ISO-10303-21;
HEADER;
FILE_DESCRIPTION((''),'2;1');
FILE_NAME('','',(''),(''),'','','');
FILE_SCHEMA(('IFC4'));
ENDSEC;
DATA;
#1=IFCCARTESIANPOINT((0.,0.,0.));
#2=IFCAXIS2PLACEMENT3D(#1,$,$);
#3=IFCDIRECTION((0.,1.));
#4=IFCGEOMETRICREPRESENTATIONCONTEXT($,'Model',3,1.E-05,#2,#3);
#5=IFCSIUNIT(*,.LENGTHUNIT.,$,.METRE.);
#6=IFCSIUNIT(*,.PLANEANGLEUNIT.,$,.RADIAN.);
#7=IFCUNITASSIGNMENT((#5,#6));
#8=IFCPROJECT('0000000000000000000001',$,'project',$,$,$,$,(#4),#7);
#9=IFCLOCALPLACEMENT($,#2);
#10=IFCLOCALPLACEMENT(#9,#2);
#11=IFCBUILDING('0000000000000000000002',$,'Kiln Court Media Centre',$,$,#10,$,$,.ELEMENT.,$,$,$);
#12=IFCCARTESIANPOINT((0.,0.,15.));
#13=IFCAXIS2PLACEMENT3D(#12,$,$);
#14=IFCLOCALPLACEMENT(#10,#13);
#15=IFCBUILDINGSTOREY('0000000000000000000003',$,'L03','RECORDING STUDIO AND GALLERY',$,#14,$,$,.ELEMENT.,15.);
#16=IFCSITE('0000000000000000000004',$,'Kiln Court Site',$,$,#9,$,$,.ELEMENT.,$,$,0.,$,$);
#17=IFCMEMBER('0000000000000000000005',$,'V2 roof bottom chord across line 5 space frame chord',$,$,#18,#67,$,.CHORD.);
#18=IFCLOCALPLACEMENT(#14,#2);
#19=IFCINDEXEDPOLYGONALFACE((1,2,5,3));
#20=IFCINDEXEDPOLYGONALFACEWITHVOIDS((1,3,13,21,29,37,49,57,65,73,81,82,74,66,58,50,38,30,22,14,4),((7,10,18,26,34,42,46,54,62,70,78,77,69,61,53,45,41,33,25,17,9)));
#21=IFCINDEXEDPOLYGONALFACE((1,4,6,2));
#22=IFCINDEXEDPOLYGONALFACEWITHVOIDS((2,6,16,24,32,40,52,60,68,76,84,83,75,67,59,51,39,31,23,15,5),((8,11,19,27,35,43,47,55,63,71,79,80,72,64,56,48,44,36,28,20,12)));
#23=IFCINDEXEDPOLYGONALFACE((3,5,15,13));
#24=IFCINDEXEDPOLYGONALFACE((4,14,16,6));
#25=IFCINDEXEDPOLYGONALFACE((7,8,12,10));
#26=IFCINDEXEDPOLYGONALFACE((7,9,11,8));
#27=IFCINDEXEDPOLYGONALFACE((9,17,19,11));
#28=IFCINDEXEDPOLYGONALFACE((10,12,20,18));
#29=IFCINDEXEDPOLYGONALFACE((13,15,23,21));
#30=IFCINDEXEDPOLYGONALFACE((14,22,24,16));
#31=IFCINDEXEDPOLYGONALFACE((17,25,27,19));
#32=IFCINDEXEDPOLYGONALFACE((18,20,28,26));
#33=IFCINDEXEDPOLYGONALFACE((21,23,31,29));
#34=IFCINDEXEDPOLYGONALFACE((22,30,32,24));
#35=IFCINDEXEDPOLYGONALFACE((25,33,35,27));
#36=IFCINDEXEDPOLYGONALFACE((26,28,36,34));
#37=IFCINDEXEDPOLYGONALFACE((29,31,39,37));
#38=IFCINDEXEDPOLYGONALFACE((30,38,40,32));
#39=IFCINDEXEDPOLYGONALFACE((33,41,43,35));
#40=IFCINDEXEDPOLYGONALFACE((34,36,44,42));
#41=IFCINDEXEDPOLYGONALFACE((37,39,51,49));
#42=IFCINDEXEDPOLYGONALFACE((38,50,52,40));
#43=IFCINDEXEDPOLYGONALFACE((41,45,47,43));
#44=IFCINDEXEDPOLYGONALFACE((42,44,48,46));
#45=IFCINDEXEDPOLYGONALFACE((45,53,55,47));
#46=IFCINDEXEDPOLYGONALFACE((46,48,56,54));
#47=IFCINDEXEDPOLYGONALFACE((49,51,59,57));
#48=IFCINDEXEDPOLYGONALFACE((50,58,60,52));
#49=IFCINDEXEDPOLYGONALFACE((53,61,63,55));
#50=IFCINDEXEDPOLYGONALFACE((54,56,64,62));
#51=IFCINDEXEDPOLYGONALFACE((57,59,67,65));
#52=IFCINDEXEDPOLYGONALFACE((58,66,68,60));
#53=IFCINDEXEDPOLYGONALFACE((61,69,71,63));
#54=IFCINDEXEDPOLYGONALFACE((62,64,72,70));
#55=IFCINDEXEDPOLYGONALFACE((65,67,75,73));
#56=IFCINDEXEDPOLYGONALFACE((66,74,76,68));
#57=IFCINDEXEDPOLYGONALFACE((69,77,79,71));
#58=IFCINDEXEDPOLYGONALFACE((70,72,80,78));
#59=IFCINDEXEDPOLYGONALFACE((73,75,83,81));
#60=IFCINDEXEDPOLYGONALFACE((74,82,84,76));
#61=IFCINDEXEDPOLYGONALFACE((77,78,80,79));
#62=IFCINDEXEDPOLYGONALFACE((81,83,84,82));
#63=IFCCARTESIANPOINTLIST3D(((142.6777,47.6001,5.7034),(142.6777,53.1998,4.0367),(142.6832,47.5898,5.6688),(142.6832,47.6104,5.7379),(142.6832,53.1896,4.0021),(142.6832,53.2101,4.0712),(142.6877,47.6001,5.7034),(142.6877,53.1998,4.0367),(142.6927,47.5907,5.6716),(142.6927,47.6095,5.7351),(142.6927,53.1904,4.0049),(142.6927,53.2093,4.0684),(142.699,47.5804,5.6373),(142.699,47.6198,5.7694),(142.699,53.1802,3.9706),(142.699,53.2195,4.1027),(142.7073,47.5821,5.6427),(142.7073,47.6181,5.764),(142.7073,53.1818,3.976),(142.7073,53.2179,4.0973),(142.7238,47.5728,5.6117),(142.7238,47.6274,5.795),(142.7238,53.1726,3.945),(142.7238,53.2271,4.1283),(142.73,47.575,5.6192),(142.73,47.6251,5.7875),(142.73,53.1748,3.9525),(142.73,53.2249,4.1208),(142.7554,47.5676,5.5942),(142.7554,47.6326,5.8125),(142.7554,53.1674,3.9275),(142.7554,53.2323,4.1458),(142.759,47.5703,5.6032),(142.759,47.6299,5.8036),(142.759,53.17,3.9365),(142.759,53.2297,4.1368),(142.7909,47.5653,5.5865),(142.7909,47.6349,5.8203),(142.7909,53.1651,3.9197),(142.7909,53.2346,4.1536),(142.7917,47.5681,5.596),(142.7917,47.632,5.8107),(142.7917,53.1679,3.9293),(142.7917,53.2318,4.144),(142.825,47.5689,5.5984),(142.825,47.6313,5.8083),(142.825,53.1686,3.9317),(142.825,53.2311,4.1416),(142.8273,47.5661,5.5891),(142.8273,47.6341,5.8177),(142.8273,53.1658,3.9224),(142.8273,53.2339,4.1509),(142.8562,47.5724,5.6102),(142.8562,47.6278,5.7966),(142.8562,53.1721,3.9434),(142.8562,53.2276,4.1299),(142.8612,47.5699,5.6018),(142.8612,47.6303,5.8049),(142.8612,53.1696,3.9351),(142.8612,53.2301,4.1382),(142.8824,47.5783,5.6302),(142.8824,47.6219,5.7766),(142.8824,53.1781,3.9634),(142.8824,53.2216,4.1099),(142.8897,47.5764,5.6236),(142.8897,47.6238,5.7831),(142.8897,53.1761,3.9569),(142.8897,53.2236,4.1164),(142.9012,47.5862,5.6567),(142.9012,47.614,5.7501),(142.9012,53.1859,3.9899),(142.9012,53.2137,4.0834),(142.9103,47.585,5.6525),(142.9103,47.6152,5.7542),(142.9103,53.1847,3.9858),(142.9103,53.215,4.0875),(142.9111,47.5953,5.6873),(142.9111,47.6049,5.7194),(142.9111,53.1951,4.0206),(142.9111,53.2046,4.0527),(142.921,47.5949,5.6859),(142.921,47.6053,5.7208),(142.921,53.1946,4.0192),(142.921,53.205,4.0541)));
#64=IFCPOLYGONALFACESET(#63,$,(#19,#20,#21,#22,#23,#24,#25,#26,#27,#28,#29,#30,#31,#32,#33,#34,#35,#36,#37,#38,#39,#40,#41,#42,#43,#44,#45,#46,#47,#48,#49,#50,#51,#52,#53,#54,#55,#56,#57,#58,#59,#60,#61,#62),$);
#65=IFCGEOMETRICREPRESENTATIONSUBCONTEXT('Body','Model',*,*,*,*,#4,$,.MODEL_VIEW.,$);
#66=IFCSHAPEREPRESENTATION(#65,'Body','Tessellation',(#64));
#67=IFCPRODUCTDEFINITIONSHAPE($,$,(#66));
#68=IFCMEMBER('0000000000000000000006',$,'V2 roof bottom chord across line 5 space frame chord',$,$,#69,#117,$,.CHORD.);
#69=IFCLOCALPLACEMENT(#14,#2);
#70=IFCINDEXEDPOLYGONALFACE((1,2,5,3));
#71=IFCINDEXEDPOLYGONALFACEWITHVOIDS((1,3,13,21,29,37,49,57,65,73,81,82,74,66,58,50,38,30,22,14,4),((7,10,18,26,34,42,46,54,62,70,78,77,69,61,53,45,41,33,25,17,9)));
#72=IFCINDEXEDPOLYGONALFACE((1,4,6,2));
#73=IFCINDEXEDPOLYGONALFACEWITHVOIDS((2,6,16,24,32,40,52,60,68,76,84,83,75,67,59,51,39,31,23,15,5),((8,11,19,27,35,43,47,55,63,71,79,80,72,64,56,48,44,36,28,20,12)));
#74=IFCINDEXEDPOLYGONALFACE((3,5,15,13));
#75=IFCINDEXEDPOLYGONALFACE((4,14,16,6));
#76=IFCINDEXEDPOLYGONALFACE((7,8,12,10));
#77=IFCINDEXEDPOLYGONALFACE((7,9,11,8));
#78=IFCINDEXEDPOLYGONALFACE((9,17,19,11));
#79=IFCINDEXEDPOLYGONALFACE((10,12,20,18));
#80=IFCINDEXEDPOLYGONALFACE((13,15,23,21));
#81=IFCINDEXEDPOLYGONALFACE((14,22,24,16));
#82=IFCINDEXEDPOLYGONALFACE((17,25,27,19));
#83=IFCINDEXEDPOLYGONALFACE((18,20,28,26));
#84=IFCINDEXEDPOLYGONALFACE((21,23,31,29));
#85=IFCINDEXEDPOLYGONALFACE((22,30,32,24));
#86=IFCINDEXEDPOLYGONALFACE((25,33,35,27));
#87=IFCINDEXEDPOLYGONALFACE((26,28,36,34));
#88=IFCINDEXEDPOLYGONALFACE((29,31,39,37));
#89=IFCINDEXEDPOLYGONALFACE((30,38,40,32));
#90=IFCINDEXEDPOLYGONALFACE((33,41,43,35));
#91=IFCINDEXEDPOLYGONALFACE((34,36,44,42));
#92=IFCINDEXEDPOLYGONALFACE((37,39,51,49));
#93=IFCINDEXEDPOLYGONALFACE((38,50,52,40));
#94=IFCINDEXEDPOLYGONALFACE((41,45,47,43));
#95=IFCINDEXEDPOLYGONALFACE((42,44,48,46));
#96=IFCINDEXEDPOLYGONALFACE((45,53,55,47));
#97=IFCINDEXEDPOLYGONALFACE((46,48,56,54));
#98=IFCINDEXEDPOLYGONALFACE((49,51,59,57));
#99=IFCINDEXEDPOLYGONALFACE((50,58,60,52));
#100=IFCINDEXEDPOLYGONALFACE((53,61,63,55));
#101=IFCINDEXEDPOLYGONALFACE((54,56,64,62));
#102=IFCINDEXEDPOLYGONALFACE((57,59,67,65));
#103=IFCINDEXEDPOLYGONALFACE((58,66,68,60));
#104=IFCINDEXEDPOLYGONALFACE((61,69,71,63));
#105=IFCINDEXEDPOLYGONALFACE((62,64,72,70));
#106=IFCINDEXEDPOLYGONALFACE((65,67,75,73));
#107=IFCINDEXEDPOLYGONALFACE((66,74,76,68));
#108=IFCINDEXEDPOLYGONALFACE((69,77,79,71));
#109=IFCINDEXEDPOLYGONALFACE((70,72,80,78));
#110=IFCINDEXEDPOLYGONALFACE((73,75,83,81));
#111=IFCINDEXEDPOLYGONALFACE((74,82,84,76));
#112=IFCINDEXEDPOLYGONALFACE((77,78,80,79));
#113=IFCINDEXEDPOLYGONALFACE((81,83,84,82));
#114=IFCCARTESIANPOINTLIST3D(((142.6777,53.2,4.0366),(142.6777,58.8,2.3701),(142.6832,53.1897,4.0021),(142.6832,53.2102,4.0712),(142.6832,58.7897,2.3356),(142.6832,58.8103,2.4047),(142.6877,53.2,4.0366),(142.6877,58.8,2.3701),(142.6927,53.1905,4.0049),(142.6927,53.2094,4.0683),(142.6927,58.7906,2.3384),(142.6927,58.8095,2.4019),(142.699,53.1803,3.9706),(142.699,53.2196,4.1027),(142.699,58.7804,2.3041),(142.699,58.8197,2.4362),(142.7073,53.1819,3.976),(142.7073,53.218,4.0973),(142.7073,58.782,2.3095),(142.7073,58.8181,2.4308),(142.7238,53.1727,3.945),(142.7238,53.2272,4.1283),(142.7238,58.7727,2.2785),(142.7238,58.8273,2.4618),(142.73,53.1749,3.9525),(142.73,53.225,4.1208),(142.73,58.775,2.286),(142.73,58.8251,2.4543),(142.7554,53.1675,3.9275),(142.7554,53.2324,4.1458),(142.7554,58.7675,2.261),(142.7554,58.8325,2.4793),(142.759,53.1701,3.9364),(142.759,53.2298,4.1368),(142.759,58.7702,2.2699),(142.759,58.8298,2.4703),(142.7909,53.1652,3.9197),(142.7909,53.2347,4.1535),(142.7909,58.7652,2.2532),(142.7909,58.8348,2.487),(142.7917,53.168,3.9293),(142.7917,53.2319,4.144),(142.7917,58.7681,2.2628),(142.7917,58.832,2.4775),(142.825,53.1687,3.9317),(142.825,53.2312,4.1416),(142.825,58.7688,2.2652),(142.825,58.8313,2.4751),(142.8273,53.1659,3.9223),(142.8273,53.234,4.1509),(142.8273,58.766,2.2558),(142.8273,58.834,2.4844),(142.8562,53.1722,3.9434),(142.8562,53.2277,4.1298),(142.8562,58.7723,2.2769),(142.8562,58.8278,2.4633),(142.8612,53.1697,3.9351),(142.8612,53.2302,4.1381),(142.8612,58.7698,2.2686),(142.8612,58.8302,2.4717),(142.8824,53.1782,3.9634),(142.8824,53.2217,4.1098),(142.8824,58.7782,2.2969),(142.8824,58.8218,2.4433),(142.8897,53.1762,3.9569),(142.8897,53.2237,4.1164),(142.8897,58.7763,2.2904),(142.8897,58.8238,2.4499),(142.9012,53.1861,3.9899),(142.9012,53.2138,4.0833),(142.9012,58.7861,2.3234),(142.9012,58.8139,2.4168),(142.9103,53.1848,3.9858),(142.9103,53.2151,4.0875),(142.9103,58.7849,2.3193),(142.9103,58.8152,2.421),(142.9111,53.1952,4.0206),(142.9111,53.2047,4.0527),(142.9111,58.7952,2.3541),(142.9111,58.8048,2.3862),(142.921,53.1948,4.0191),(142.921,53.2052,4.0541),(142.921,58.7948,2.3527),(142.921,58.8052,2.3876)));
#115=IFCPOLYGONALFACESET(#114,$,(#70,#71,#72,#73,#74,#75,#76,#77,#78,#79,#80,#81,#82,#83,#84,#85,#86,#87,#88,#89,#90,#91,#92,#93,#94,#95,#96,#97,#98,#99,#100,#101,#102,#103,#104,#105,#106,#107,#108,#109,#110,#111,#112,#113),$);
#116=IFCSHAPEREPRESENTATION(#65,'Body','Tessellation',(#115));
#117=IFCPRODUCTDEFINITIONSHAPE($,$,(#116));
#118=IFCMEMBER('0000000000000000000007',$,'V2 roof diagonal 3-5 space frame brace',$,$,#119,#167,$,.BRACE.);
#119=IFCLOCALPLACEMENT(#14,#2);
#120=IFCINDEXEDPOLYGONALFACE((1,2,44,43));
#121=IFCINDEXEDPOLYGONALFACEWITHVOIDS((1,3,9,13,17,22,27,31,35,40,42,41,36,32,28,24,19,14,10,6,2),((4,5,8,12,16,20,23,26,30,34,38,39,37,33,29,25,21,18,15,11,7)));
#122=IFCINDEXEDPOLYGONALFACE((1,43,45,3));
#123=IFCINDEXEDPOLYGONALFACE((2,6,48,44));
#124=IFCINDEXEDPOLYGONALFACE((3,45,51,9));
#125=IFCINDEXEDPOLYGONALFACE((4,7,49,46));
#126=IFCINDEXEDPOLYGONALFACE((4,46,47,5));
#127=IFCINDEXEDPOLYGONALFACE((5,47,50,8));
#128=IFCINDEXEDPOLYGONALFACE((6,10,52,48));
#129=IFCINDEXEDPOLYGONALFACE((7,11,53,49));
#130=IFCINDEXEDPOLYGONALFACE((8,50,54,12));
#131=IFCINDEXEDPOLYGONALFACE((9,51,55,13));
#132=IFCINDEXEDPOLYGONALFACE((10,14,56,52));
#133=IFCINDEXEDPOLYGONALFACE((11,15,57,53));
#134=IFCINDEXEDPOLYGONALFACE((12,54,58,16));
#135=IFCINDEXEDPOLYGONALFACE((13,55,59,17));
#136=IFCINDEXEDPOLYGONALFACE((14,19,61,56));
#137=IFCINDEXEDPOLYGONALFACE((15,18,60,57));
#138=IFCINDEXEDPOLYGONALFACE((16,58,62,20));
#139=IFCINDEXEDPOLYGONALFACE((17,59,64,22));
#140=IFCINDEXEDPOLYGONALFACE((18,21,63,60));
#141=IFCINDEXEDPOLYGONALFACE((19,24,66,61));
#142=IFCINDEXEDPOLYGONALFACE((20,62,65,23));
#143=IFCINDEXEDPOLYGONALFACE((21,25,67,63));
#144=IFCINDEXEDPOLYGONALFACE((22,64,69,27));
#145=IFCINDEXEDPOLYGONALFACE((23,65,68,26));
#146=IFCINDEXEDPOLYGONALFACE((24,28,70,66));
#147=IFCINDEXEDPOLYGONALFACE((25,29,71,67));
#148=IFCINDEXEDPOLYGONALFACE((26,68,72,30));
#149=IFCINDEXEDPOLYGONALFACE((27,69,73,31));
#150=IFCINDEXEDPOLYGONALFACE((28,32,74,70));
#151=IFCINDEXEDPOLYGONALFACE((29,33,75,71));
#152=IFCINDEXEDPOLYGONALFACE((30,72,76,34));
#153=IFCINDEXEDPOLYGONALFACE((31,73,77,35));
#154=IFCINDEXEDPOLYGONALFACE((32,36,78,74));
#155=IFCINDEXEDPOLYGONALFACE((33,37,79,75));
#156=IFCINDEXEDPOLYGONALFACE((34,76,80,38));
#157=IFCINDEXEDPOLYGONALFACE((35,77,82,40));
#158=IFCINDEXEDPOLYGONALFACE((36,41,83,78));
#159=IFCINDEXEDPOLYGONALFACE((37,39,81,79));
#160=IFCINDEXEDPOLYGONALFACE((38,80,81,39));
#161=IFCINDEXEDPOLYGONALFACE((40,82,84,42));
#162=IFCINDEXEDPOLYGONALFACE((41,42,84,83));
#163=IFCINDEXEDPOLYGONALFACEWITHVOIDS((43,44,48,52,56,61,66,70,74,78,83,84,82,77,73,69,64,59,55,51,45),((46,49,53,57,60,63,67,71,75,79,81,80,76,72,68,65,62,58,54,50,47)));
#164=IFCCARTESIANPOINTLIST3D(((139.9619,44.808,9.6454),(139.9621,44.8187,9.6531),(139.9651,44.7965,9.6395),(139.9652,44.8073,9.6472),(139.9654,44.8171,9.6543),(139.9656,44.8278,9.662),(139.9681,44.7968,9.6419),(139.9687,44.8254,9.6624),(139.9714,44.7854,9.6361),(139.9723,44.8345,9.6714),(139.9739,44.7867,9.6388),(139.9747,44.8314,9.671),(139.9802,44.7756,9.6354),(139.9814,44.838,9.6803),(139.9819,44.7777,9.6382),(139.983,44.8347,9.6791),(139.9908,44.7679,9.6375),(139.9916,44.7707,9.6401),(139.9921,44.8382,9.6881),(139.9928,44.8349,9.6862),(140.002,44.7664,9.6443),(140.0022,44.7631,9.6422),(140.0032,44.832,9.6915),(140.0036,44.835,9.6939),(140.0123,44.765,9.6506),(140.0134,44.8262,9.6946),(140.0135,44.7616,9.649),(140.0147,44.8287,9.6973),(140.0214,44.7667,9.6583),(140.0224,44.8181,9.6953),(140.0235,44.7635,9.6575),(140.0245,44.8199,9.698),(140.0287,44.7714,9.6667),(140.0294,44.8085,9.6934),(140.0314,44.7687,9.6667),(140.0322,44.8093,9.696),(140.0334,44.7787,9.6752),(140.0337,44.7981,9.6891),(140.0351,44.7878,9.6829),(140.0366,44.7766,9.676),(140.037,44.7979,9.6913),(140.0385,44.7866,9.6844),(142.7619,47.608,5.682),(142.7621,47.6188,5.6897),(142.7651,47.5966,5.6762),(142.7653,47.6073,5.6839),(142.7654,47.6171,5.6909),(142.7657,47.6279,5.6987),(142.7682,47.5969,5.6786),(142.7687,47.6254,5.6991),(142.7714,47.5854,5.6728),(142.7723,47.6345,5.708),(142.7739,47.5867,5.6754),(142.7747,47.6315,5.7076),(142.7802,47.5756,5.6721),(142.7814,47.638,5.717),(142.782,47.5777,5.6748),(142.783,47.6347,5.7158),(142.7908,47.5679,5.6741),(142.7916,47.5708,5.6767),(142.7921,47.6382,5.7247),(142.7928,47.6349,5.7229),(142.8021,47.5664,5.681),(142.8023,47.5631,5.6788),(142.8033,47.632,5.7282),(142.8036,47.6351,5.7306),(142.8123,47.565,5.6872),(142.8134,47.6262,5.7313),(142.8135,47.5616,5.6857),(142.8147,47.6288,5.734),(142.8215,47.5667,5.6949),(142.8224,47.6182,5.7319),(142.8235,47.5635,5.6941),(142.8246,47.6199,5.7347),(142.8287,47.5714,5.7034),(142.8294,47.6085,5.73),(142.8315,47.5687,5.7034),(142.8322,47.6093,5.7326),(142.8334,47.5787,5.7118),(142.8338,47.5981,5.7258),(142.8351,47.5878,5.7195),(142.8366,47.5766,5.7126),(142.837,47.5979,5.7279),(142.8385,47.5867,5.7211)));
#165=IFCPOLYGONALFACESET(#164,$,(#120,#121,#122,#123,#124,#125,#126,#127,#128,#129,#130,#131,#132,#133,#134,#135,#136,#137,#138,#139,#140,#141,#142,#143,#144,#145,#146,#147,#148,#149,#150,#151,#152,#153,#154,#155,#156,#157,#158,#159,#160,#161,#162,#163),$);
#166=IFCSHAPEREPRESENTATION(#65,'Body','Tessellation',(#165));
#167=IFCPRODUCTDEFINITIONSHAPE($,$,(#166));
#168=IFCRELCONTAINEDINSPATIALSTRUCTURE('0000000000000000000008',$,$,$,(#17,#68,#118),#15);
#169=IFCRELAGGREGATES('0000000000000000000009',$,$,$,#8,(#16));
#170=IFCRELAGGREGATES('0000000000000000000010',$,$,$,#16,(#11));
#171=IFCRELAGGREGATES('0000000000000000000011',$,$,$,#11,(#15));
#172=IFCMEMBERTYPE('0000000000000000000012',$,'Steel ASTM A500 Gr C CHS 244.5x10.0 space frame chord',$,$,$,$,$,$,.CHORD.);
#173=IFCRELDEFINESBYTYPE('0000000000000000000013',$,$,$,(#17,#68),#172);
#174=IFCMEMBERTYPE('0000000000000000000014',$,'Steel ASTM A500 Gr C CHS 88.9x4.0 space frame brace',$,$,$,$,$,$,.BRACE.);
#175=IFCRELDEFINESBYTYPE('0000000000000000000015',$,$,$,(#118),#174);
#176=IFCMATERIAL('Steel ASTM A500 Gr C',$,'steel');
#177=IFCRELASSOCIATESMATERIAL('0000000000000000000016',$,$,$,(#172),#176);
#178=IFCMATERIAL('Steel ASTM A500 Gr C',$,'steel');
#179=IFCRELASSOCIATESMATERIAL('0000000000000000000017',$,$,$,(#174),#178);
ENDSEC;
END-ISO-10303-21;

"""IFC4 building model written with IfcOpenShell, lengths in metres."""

from ifc_helpers import new_model, si_unit, direction, frame, origin, origin_2d, place, context, subcontext, project, spatial, hollow_circle, extrude, material, material_profile, profile_set, type_object, element, save


model = new_model("IFC4")

# Units and contexts
model_context = context("Model", 3, precision=1e-05, world=origin(), true_north=direction((0.0, 1.0)))
body_context = subcontext(model_context, "Body", "Model", "MODEL_VIEW")
ifc_project = project(units=[si_unit("LENGTHUNIT", "METRE"), si_unit("PLANEANGLEUNIT", "RADIAN")], contexts=[model_context])

# Site, building, storey
site_placement = place(None, origin())
site = spatial("IfcSite", under=ifc_project, at=site_placement, Name="Kiln Court Site", CompositionType="ELEMENT", RefElevation=0.0)
building_placement = place(site_placement, origin())
building = spatial("IfcBuilding", under=site, at=building_placement, Name="Kiln Court Media Centre", CompositionType="ELEMENT")
storey_placement = place(building_placement, frame((0.0, 0.0, 15.0)))
storey = spatial("IfcBuildingStorey", under=building, at=storey_placement, Name="L03", Description="RECORDING STUDIO AND GALLERY", CompositionType="ELEMENT", Elevation=15.0)

# Members
ifc_material_1 = material(Name="Steel ASTM A500 Gr C", Category="steel")
ifc_material_profile_1 = material_profile(ifc_material_1, hollow_circle(Radius=0.1223, WallThickness=0.01, at=origin_2d()), Name="CHS 244.5x10.0")
ifc_profile_set_1 = profile_set([ifc_material_profile_1], Name="Steel ASTM A500 Gr C")
member_type_1 = type_object("IfcMemberType", Name="Steel ASTM A500 Gr C CHS 244.5x10.0 space frame chord", PredefinedType="CHORD", material=ifc_profile_set_1)
member_1_placement = place(storey_placement, frame((142.8, 47.6001, 5.7034), z_axis=(0.0, 0.958446, -0.285273), x_axis=(-1.0, 0.0, 0.0)))
element("IfcMember", 1, at=member_1_placement, inside=storey, type_object=member_type_1, Name="V2 roof bottom chord across line 5 space frame chord", PredefinedType="CHORD", context=body_context, shape_type="SweptSolid", body=[
    extrude(hollow_circle(Radius=0.1223, WallThickness=0.01, at=origin_2d()), origin(), (0.0, 0.0, 1.0), 5.8425),
])
member_2_placement = place(storey_placement, frame((142.8, 53.2, 4.0366), z_axis=(0.0, 0.958461, -0.285223), x_axis=(-1.0, 0.0, 0.0)))
element("IfcMember", 2, at=member_2_placement, inside=storey, type_object=member_type_1, Name="V2 roof bottom chord across line 5 space frame chord", PredefinedType="CHORD", context=body_context, shape_type="SweptSolid", body=[
    extrude(hollow_circle(Radius=0.1223, WallThickness=0.01, at=origin_2d()), origin(), (0.0, 0.0, 1.0), 5.8428),
])
ifc_material_2 = material(Name="Steel ASTM A500 Gr C", Category="steel")
ifc_material_profile_2 = material_profile(ifc_material_2, hollow_circle(Radius=0.0444, WallThickness=0.0039, at=origin_2d()), Name="CHS 88.9x4.0")
ifc_profile_set_2 = profile_set([ifc_material_profile_2], Name="Steel ASTM A500 Gr C")
member_type_2 = type_object("IfcMemberType", Name="Steel ASTM A500 Gr C CHS 88.9x4.0 space frame brace", PredefinedType="BRACE", material=ifc_profile_set_2)
member_3_placement = place(storey_placement, frame((142.8, 47.6001, 5.7034), z_axis=(-0.499778, -0.499778, 0.70742), x_axis=(0.707107, -0.707107, 0.0)))
element("IfcMember", 3, at=member_3_placement, inside=storey, type_object=member_type_2, Name="V2 roof diagonal 3-5 space frame brace", PredefinedType="BRACE", context=body_context, shape_type="SweptSolid", body=[
    extrude(hollow_circle(Radius=0.0444, WallThickness=0.0039, at=origin_2d()), origin(), (0.0, 0.0, 1.0), 5.6025),
])

save(model, "model.ifc")
